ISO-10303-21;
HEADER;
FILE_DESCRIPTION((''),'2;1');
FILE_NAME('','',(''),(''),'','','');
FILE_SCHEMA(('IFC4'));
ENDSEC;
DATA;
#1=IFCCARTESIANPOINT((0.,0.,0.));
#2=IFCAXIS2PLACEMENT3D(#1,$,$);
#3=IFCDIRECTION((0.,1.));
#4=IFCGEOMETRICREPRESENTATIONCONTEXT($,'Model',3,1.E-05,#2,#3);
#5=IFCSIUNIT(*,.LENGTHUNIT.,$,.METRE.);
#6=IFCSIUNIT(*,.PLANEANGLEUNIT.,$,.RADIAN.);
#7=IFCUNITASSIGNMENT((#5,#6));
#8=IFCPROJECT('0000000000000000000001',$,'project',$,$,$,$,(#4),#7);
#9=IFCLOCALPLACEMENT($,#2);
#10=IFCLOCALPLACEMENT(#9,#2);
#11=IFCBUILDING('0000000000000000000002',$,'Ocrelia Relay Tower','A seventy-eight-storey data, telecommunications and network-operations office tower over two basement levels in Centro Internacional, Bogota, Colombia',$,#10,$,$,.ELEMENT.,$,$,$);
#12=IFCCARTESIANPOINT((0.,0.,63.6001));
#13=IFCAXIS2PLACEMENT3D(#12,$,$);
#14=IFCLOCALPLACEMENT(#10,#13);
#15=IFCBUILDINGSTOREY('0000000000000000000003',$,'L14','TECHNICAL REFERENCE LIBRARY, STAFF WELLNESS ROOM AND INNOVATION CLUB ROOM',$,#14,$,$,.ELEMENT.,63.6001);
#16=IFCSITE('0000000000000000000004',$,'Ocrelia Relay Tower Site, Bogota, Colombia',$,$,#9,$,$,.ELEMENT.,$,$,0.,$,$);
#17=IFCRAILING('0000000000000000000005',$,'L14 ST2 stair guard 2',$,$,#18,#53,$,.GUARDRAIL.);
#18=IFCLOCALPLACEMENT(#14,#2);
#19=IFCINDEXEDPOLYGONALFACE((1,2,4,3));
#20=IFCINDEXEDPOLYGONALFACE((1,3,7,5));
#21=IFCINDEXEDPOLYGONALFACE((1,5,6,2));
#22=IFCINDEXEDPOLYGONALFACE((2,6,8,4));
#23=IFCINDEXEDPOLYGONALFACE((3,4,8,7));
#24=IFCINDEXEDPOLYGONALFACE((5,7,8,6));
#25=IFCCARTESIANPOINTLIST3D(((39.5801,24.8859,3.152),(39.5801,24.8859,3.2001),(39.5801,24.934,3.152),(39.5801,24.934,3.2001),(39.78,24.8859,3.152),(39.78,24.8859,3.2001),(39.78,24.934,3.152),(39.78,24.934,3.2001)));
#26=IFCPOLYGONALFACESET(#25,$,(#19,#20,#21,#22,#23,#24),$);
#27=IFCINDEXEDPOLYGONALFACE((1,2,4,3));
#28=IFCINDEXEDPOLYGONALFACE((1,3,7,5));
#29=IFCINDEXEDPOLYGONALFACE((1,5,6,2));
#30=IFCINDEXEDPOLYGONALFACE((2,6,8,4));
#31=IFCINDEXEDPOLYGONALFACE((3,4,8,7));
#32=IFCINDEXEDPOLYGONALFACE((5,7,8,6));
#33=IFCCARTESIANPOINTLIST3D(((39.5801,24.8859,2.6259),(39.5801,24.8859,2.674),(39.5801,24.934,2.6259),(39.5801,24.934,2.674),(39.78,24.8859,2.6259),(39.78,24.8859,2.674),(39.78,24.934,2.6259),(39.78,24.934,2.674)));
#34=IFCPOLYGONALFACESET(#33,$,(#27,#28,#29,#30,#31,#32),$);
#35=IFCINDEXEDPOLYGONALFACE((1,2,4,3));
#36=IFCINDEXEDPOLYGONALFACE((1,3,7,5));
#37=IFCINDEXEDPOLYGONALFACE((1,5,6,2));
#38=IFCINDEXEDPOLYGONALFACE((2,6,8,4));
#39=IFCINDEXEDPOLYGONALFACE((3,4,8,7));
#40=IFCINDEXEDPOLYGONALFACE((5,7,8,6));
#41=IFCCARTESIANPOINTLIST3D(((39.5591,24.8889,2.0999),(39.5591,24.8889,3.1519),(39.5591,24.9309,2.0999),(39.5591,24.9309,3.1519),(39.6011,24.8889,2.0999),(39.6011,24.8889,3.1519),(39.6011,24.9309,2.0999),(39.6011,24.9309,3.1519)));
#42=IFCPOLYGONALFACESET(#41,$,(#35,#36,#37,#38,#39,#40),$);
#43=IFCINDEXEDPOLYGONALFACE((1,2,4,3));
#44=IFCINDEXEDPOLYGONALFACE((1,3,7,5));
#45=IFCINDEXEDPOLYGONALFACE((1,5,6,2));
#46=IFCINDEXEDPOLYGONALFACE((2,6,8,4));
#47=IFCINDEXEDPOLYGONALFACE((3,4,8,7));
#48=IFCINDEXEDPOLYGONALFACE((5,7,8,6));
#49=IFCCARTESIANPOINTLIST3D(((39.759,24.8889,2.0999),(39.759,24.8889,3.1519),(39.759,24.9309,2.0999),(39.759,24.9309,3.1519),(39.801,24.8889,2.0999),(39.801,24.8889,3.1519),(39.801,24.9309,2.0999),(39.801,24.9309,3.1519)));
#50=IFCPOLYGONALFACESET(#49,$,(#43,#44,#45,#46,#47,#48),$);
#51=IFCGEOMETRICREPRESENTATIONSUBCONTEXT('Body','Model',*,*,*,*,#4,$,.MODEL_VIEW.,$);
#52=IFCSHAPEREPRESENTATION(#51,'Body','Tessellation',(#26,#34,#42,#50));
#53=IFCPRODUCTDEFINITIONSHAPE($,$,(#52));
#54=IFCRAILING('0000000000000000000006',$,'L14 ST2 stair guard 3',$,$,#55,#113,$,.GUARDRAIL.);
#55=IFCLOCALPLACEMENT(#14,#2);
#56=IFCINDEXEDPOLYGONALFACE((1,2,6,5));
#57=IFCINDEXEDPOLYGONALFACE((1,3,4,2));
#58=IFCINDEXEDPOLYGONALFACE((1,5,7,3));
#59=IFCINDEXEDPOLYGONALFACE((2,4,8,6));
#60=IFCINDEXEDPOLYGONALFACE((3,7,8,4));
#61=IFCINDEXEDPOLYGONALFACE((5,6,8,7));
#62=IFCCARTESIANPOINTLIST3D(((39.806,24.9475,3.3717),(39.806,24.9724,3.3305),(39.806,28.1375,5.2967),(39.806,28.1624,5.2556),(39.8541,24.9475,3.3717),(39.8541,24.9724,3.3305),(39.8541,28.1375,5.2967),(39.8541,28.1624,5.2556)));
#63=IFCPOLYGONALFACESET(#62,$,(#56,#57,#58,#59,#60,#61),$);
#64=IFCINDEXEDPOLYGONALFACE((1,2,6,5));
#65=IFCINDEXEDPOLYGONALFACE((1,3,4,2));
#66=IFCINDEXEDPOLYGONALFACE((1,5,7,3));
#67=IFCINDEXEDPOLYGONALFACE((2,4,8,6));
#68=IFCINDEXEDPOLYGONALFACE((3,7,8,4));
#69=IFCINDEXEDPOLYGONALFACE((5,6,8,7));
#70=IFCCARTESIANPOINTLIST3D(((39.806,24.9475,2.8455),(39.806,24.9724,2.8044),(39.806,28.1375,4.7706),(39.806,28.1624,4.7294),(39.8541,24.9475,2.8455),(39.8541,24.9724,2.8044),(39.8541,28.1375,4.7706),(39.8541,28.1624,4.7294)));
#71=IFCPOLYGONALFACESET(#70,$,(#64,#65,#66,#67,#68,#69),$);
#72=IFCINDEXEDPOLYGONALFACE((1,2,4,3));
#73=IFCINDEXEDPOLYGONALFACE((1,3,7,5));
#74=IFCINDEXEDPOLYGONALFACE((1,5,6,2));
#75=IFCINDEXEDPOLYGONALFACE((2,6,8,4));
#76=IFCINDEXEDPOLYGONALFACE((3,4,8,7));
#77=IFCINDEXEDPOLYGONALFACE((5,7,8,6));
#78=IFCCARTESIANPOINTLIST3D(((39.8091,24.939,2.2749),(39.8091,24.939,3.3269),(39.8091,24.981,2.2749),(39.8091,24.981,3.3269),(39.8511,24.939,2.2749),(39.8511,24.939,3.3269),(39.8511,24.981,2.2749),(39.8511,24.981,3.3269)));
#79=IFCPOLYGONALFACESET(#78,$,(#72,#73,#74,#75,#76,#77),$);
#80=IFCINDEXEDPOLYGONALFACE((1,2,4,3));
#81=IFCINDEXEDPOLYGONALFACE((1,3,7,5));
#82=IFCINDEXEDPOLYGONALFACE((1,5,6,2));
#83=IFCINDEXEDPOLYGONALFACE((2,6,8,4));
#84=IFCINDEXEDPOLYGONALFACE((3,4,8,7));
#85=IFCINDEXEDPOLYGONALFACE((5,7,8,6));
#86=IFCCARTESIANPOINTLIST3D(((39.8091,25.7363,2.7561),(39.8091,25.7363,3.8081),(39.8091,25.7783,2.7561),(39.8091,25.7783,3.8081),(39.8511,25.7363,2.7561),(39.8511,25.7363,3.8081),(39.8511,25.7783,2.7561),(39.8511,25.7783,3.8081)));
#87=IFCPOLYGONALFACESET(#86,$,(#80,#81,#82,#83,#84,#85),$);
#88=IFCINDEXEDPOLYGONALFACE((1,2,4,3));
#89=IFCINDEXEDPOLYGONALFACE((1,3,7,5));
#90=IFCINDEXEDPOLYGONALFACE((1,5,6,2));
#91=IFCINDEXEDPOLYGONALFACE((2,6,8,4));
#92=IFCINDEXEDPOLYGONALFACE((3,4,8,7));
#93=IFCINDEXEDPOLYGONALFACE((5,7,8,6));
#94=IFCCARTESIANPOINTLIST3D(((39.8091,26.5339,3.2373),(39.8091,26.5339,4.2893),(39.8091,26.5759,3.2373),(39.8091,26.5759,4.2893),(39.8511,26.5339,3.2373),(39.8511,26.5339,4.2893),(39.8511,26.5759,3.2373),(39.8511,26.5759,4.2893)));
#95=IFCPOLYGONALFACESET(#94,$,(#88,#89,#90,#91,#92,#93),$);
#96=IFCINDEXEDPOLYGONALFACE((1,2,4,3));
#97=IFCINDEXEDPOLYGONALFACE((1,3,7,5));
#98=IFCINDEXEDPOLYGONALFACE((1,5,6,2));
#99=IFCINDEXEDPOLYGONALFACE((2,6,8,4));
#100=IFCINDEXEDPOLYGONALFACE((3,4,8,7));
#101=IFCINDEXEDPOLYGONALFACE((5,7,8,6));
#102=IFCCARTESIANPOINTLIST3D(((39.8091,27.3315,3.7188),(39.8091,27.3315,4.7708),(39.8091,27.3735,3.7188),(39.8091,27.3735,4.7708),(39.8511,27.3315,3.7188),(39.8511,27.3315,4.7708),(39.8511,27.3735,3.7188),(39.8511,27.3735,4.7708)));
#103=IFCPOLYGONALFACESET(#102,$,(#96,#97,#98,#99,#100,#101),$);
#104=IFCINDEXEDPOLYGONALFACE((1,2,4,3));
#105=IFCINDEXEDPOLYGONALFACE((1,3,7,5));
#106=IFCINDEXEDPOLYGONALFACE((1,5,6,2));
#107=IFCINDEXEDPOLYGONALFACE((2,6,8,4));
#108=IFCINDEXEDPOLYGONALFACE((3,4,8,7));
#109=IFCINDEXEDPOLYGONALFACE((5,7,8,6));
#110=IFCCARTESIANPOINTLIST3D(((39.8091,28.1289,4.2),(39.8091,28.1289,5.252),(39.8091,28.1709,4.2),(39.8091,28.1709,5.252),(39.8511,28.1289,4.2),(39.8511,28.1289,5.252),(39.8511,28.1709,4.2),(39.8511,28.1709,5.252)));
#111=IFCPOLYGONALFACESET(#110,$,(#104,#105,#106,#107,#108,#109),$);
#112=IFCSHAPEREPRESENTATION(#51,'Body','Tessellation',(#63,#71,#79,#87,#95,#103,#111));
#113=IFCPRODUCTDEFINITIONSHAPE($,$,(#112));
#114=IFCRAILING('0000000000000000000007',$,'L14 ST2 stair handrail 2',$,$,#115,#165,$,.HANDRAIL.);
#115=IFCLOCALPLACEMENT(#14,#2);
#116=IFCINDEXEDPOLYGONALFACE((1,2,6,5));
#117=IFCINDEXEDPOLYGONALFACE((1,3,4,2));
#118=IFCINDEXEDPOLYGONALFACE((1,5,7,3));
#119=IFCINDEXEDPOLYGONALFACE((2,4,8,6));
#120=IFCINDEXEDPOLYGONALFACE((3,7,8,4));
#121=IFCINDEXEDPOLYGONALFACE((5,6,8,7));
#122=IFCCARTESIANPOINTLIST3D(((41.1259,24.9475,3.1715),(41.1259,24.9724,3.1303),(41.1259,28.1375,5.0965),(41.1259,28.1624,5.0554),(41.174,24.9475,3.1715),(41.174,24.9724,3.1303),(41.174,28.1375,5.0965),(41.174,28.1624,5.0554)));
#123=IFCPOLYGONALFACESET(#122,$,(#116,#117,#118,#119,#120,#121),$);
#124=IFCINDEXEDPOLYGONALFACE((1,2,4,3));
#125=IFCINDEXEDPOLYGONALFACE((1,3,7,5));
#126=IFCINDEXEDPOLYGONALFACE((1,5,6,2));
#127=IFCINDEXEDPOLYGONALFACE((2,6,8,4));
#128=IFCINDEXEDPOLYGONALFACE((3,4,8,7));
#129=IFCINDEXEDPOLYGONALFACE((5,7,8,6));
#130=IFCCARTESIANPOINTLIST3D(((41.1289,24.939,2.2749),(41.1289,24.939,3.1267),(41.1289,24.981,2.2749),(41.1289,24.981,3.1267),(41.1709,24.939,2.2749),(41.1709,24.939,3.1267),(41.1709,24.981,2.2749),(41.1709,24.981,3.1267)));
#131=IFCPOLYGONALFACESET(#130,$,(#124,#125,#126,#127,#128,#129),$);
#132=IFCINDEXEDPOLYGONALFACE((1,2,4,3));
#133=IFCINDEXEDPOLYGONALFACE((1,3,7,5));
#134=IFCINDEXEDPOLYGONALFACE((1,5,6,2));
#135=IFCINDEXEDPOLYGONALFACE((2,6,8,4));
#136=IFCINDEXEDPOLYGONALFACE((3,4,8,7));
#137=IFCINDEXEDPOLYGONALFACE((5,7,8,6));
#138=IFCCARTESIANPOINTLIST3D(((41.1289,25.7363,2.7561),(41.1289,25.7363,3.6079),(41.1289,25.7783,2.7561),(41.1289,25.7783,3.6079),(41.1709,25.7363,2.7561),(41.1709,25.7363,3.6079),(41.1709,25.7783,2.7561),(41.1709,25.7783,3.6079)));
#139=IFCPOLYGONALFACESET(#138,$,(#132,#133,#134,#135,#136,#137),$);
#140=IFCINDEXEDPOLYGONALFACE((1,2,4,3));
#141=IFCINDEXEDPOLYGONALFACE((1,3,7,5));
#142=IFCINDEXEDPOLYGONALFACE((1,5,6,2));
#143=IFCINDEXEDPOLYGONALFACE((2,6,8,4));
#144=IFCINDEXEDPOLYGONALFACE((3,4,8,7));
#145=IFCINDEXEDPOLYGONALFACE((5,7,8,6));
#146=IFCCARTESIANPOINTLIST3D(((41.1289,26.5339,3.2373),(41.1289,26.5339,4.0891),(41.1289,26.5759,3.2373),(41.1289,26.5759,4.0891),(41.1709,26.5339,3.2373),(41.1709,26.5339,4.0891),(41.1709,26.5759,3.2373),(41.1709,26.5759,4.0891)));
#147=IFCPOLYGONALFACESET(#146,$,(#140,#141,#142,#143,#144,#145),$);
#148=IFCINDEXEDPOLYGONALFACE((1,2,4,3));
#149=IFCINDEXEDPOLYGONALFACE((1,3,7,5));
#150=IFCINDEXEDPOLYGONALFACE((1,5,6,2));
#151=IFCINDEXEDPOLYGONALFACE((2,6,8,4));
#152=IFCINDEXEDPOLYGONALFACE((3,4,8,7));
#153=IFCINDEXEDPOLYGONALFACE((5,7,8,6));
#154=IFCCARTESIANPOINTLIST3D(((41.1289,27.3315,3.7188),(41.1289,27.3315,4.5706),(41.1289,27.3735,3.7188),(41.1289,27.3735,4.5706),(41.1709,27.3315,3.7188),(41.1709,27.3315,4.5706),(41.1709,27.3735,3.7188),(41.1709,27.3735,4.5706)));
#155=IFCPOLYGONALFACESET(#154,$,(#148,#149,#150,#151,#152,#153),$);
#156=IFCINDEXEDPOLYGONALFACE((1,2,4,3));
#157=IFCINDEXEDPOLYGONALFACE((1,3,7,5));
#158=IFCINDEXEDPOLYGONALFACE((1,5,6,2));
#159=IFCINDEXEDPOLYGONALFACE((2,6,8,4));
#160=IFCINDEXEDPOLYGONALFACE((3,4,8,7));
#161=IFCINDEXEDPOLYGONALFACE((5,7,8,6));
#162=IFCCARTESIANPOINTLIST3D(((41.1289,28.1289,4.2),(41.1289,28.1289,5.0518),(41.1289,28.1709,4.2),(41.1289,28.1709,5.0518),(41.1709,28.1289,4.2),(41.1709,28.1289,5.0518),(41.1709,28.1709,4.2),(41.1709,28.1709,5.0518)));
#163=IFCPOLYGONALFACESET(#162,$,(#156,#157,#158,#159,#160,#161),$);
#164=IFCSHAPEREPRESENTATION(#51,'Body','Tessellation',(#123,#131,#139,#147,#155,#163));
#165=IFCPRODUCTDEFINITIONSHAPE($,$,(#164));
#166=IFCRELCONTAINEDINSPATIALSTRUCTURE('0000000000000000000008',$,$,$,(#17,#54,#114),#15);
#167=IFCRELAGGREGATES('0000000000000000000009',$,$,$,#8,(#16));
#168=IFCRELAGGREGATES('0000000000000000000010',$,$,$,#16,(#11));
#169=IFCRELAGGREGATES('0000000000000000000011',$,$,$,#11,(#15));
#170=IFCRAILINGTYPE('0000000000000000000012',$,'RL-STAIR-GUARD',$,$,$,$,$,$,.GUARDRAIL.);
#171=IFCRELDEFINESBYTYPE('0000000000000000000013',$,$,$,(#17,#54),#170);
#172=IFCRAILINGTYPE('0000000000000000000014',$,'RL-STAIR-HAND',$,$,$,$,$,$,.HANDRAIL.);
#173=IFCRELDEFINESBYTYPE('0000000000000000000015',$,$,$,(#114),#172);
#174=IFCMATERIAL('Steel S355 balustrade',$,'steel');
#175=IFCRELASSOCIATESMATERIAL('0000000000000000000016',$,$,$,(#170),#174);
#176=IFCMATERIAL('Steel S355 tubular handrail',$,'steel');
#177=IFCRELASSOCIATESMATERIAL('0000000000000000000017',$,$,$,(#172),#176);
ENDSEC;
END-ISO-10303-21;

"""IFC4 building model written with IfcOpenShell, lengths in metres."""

from ifc_helpers import new_model, si_unit, direction, frame, origin, origin_2d, place, context, subcontext, project, spatial, rectangle, extrude, material, type_object, element, save


model = new_model("IFC4")

# Units and contexts
model_context = context("Model", 3, precision=1e-05, world=origin(), true_north=direction((0.0, 1.0)))
body_context = subcontext(model_context, "Body", "Model", "MODEL_VIEW")
ifc_project = project(units=[si_unit("LENGTHUNIT", "METRE"), si_unit("PLANEANGLEUNIT", "RADIAN")], contexts=[model_context])

# Site, building, storey
site_placement = place(None, origin())
site = spatial("IfcSite", under=ifc_project, at=site_placement, Name="Ocrelia Relay Tower Site, Bogota, Colombia", CompositionType="ELEMENT", RefElevation=0.0)
building_placement = place(site_placement, origin())
building = spatial("IfcBuilding", under=site, at=building_placement, Name="Ocrelia Relay Tower", Description="A seventy-eight-storey data, telecommunications and network-operations office tower over two basement levels in Centro Internacional, Bogota, Colombia", CompositionType="ELEMENT")
storey_placement = place(building_placement, frame((0.0, 0.0, 63.6001)))
storey = spatial("IfcBuildingStorey", under=building, at=storey_placement, Name="L14", Description="TECHNICAL REFERENCE LIBRARY, STAFF WELLNESS ROOM AND INNOVATION CLUB ROOM", CompositionType="ELEMENT", Elevation=63.6001)

# Railings
ifc_material_1 = material(Name="Steel S355 balustrade", Category="steel")
railing_type_1 = type_object("IfcRailingType", Name="RL-STAIR-GUARD", PredefinedType="GUARDRAIL", material=ifc_material_1)
railing_1_placement = place(storey_placement, frame((39.5801, 24.9099, 2.0999)))
element("IfcRailing", 1, at=railing_1_placement, inside=storey, type_object=railing_type_1, Name="L14 ST2 stair guard 2", PredefinedType="GUARDRAIL", context=body_context, shape_type="SweptSolid", body=[
    extrude(rectangle(XDim=0.0481, YDim=0.0481, at=origin_2d()), frame((0.0, 0.0, 1.0762), z_axis=(1.0, 0.0, 0.0), x_axis=(0.0, 1.0, 0.0)), (0.0, 0.0, 1.0), 0.2),
    extrude(rectangle(XDim=0.0481, YDim=0.0481, at=origin_2d()), frame((0.0, 0.0, 0.55), z_axis=(1.0, 0.0, 0.0), x_axis=(0.0, 1.0, 0.0)), (0.0, 0.0, 1.0), 0.2),
    extrude(rectangle(XDim=0.042, YDim=0.042, at=origin_2d()), origin(), (0.0, 0.0, 1.0), 1.052),
    extrude(rectangle(XDim=0.042, YDim=0.042, at=origin_2d()), frame((0.2, 0.0, 0.0)), (0.0, 0.0, 1.0), 1.052),
])
railing_2_placement = place(storey_placement, frame((39.8301, 24.96, 2.2749)))
element("IfcRailing", 2, at=railing_2_placement, inside=storey, type_object=railing_type_1, Name="L14 ST2 stair guard 3", PredefinedType="GUARDRAIL", context=body_context, shape_type="SweptSolid", body=[
    extrude(rectangle(XDim=0.0481, YDim=0.0481, at=origin_2d()), frame((0.0, 0.0, 1.0762), z_axis=(0.0, 0.856178, 0.516682), x_axis=(-1.0, 0.0, 0.0)), (0.0, 0.0, 1.0), 3.7258),
    extrude(rectangle(XDim=0.0481, YDim=0.0481, at=origin_2d()), frame((0.0, 0.0, 0.55), z_axis=(0.0, 0.856178, 0.516682), x_axis=(-1.0, 0.0, 0.0)), (0.0, 0.0, 1.0), 3.7258),
    extrude(rectangle(XDim=0.042, YDim=0.042, at=origin_2d()), origin(), (0.0, 0.0, 1.0), 1.052),
    extrude(rectangle(XDim=0.042, YDim=0.042, at=origin_2d()), frame((0.0, 0.7974, 0.4812)), (0.0, 0.0, 1.0), 1.052),
    extrude(rectangle(XDim=0.042, YDim=0.042, at=origin_2d()), frame((0.0, 1.595, 0.9624)), (0.0, 0.0, 1.0), 1.052),
    extrude(rectangle(XDim=0.042, YDim=0.042, at=origin_2d()), frame((0.0, 2.3926, 1.4438)), (0.0, 0.0, 1.0), 1.052),
    extrude(rectangle(XDim=0.042, YDim=0.042, at=origin_2d()), frame((0.0, 3.1899, 1.925)), (0.0, 0.0, 1.0), 1.052),
])
ifc_material_2 = material(Name="Steel S355 tubular handrail", Category="steel")
railing_type_2 = type_object("IfcRailingType", Name="RL-STAIR-HAND", PredefinedType="HANDRAIL", material=ifc_material_2)
railing_3_placement = place(storey_placement, frame((41.1499, 24.96, 2.2749)))
element("IfcRailing", 3, at=railing_3_placement, inside=storey, type_object=railing_type_2, Name="L14 ST2 stair handrail 2", PredefinedType="HANDRAIL", context=body_context, shape_type="SweptSolid", body=[
    extrude(rectangle(XDim=0.0481, YDim=0.0481, at=origin_2d()), frame((0.0, 0.0, 0.876), z_axis=(0.0, 0.856178, 0.516682), x_axis=(-1.0, 0.0, 0.0)), (0.0, 0.0, 1.0), 3.7258),
    extrude(rectangle(XDim=0.042, YDim=0.042, at=origin_2d()), origin(), (0.0, 0.0, 1.0), 0.8518),
    extrude(rectangle(XDim=0.042, YDim=0.042, at=origin_2d()), frame((0.0, 0.7974, 0.4812)), (0.0, 0.0, 1.0), 0.8518),
    extrude(rectangle(XDim=0.042, YDim=0.042, at=origin_2d()), frame((0.0, 1.595, 0.9624)), (0.0, 0.0, 1.0), 0.8518),
    extrude(rectangle(XDim=0.042, YDim=0.042, at=origin_2d()), frame((0.0, 2.3926, 1.4438)), (0.0, 0.0, 1.0), 0.8518),
    extrude(rectangle(XDim=0.042, YDim=0.042, at=origin_2d()), frame((0.0, 3.1899, 1.925)), (0.0, 0.0, 1.0), 0.8518),
])

save(model, "model.ifc")
